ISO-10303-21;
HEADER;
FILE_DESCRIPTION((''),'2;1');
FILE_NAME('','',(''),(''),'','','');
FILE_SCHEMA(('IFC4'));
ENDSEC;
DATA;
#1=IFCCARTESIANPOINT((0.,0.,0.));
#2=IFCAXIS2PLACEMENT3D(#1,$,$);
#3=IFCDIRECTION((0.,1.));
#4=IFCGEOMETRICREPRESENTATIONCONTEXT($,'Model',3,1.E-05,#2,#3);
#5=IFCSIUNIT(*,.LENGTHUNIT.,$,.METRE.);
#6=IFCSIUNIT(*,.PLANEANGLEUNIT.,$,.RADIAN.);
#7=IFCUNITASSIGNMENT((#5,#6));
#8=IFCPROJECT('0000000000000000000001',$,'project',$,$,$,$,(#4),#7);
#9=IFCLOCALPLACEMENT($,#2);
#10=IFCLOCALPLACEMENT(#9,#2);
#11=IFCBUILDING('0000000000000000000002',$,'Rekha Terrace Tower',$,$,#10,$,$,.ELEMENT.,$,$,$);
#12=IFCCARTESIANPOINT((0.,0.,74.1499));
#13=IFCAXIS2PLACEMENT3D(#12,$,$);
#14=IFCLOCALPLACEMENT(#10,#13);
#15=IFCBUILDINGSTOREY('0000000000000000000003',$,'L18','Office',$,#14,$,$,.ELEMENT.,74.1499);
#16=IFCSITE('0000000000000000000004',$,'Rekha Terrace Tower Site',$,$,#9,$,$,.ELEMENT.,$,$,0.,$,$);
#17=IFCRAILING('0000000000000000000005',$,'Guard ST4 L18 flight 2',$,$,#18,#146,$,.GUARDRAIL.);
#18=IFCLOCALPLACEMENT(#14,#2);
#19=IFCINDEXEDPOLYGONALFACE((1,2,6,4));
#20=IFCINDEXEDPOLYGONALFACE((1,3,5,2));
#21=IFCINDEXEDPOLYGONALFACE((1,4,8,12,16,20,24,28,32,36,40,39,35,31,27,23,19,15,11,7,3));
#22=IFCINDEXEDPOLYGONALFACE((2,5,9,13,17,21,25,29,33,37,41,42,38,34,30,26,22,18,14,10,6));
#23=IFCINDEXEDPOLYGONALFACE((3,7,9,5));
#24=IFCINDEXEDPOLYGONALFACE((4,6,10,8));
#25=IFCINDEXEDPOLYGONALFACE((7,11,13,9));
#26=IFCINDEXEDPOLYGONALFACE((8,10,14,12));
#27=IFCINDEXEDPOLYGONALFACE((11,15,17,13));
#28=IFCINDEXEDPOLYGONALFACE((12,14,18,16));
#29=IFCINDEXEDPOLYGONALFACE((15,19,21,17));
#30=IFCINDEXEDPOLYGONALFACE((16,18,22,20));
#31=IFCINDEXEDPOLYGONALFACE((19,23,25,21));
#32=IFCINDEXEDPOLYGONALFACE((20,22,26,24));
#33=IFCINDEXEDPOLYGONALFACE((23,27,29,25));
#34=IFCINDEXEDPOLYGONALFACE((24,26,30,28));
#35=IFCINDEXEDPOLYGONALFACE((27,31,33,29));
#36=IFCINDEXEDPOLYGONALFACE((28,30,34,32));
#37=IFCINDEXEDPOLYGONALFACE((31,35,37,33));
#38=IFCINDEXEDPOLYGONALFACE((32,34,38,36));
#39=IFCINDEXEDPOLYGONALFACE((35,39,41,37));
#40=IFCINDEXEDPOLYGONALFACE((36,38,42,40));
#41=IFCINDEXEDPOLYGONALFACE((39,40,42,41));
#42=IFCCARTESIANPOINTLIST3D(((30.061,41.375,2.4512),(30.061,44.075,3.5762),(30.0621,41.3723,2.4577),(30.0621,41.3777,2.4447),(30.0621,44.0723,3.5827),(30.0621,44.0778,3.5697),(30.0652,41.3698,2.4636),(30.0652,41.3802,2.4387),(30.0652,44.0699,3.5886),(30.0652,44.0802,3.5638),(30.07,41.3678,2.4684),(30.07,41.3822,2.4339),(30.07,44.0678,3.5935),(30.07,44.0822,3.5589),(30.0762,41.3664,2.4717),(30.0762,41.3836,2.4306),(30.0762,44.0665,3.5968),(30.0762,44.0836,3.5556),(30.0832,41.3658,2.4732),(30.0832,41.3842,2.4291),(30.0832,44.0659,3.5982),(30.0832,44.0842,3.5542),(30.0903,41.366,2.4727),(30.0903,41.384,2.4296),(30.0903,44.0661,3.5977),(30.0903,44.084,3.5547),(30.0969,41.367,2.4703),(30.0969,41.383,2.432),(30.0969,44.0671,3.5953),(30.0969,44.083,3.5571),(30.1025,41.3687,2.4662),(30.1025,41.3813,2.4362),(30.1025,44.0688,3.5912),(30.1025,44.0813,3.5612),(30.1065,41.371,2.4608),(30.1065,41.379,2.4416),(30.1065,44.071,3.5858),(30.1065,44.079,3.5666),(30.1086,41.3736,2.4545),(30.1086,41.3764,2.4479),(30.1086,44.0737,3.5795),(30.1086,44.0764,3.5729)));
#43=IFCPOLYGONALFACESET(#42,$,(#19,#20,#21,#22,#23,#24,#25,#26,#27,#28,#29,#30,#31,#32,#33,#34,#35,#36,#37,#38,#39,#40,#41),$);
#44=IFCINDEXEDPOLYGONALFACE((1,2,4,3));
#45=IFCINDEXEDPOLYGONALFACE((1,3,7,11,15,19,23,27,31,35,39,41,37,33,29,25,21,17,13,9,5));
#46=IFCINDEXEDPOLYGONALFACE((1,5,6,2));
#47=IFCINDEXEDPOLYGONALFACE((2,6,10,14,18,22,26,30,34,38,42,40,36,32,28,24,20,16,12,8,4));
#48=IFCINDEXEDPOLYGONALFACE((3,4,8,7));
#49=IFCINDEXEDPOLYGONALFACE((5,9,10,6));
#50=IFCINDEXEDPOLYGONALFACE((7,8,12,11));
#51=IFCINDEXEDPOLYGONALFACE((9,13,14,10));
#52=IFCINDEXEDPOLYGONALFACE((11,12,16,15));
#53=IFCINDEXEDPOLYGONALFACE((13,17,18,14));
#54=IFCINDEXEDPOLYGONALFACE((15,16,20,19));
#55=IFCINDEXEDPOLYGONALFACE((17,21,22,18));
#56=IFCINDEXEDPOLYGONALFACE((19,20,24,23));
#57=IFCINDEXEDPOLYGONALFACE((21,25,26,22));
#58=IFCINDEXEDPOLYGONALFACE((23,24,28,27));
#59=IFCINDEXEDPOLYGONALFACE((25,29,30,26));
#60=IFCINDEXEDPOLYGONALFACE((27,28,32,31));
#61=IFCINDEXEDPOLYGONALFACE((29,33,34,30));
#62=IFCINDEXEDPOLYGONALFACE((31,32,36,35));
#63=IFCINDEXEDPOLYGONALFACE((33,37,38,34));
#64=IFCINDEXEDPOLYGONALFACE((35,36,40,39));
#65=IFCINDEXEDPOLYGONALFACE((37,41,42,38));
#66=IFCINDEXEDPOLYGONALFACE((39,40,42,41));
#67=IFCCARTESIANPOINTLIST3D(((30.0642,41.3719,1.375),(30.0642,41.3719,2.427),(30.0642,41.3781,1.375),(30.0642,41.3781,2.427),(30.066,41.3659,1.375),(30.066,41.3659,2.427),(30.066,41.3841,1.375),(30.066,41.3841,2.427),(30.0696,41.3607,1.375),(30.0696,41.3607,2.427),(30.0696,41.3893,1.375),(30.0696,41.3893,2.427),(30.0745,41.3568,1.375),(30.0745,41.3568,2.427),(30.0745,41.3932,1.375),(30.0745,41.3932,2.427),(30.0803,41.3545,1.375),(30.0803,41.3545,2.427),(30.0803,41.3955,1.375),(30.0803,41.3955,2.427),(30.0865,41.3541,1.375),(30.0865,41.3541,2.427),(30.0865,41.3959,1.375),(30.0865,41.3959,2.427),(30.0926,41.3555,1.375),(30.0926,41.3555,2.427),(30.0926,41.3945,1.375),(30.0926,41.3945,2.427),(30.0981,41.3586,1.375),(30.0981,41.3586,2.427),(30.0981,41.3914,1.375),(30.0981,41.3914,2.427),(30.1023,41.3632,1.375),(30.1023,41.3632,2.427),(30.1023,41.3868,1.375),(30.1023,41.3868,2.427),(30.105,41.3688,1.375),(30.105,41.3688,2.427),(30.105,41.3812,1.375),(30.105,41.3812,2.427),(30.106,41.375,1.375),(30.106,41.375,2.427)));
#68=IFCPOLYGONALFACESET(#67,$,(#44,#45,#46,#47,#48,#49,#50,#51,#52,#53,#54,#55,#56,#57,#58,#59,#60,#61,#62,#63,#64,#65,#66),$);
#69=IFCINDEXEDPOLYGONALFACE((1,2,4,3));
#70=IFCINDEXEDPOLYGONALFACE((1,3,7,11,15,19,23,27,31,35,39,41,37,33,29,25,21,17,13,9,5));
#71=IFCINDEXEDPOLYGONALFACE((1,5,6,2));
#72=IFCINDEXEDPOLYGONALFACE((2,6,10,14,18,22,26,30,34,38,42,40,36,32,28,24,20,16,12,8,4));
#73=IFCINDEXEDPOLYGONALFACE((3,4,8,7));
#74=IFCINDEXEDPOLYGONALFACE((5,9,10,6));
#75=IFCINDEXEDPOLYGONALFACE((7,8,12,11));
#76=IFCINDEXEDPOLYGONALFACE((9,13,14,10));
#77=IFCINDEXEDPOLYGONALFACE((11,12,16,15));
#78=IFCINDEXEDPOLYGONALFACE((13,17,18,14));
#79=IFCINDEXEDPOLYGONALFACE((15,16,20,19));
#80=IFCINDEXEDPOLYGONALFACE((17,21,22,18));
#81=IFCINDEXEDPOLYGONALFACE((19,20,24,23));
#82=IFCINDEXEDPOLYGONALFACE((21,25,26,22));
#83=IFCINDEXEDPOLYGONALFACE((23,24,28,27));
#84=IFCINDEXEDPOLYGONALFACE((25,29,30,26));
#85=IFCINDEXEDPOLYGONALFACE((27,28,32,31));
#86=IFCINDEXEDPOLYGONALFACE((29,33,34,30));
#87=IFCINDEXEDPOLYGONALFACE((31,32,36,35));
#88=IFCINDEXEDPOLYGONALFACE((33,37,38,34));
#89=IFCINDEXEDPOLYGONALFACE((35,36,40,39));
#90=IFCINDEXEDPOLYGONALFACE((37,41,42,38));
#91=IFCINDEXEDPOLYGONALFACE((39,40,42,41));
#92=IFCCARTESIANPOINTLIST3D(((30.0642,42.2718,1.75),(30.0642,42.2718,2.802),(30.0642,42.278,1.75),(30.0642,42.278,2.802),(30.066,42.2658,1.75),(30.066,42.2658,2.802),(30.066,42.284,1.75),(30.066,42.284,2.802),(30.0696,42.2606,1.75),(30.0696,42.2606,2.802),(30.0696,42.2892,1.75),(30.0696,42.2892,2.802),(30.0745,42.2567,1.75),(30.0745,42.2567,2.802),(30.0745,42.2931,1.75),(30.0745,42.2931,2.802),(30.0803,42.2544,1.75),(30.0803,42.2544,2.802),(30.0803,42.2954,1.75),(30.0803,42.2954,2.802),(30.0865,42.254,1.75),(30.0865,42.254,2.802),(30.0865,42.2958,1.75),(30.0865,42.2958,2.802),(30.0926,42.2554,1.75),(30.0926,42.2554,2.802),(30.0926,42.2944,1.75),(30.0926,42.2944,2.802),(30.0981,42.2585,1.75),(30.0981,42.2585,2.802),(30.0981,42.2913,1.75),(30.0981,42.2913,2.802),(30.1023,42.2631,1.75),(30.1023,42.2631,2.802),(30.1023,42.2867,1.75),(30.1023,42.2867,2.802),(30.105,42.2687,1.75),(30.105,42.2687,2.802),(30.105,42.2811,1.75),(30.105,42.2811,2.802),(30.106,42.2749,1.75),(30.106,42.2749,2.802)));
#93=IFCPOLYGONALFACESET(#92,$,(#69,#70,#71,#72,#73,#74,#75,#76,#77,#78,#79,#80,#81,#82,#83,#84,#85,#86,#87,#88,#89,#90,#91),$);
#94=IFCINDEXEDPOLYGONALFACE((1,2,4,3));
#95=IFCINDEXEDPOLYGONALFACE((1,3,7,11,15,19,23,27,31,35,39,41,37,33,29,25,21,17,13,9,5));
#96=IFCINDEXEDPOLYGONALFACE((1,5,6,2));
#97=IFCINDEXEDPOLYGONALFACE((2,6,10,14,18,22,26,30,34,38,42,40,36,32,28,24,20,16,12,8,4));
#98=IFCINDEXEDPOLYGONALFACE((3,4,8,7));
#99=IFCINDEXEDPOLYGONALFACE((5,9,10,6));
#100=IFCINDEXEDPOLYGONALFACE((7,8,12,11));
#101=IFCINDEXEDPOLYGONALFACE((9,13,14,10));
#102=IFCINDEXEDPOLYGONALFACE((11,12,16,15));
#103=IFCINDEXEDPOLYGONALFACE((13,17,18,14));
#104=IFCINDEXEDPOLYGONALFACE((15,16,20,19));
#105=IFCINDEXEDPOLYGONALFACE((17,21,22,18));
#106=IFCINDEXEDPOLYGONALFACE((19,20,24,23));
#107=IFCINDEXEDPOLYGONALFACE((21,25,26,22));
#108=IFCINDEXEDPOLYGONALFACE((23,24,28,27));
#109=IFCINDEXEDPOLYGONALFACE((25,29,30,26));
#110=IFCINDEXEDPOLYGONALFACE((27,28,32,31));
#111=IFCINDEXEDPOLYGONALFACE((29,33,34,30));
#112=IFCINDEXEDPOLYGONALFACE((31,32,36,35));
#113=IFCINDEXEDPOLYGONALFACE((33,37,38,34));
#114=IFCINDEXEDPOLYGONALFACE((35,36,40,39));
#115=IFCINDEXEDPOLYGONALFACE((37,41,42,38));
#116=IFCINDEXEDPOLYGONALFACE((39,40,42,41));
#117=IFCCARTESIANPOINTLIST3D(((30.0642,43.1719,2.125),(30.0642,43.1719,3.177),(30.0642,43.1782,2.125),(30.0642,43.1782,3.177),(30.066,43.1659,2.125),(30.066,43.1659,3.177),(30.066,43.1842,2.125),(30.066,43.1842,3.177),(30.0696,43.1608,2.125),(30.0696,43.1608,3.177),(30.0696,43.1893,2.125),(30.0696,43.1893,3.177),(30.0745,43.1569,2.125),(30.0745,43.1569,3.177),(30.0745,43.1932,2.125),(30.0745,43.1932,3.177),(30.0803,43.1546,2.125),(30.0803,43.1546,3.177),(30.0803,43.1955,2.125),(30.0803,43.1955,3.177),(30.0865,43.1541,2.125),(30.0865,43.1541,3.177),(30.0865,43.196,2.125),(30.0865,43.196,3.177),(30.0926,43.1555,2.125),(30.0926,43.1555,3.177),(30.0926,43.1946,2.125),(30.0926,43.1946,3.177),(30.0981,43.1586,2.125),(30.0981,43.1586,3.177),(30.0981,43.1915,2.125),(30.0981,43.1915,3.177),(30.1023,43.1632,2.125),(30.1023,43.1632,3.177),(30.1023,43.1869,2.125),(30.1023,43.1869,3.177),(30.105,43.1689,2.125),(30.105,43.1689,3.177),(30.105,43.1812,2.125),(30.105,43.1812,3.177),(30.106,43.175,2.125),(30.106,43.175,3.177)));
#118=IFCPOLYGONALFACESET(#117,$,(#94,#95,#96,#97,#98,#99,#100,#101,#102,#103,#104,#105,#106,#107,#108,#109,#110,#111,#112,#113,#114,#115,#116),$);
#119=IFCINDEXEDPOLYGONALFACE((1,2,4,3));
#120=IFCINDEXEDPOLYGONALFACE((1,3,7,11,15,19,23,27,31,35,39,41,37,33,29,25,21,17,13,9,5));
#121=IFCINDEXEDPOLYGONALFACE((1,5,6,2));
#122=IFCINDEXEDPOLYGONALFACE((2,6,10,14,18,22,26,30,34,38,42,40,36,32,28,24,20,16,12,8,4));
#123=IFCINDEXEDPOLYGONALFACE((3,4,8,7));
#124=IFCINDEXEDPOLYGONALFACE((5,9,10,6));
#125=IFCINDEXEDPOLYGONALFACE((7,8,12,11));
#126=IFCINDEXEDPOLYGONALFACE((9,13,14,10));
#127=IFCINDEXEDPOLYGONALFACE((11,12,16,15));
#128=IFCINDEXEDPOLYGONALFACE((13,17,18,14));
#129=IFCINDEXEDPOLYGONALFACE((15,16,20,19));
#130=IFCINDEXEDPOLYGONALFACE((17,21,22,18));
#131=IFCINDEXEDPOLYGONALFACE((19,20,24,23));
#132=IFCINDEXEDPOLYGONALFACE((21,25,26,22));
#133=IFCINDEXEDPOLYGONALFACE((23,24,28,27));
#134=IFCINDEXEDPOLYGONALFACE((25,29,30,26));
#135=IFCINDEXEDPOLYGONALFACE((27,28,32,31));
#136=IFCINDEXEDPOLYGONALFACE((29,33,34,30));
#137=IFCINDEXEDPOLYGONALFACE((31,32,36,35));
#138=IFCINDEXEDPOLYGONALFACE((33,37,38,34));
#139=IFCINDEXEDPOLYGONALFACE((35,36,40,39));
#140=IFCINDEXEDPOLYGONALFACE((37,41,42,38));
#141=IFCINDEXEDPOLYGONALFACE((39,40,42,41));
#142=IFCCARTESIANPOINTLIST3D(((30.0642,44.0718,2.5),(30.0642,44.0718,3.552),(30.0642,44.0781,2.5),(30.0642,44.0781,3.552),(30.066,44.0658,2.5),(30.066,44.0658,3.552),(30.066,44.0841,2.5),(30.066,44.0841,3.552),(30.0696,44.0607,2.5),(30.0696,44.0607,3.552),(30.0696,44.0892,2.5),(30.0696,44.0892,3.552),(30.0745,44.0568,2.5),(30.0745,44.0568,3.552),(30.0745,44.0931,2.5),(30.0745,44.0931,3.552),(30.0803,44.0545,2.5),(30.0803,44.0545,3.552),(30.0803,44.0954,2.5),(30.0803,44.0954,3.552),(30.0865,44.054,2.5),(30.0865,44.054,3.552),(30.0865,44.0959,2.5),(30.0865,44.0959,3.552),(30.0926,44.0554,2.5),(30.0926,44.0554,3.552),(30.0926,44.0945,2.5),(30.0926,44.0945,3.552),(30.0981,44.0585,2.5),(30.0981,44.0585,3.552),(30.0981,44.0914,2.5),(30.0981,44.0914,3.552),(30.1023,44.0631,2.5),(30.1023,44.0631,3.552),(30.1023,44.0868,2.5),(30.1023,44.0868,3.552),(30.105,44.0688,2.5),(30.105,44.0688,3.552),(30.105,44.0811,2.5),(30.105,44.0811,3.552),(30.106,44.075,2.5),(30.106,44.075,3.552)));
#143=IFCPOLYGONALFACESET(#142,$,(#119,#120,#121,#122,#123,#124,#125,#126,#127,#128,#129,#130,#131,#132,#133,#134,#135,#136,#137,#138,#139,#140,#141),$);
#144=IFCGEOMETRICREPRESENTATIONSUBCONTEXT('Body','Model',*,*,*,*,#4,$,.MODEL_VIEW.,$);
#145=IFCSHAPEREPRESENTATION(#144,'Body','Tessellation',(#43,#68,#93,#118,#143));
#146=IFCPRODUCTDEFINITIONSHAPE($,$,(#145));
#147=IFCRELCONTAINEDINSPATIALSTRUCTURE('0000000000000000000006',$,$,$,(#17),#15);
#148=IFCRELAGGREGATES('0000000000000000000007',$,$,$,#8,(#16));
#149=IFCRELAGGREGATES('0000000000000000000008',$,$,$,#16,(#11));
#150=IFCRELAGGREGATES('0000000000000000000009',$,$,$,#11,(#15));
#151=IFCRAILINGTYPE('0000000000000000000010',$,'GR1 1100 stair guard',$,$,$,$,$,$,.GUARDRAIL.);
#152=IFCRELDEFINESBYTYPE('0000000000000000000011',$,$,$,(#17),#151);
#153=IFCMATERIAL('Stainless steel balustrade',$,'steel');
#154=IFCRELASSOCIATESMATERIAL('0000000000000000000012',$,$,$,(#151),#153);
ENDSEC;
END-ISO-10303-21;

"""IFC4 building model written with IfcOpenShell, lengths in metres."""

from ifc_helpers import new_model, si_unit, direction, frame, origin, origin_2d, place, context, subcontext, project, spatial, circle, extrude, material, type_object, element, save


model = new_model("IFC4")

# Units and contexts
model_context = context("Model", 3, precision=1e-05, world=origin(), true_north=direction((0.0, 1.0)))
body_context = subcontext(model_context, "Body", "Model", "MODEL_VIEW")
ifc_project = project(units=[si_unit("LENGTHUNIT", "METRE"), si_unit("PLANEANGLEUNIT", "RADIAN")], contexts=[model_context])

# Site, building, storey
site_placement = place(None, origin())
site = spatial("IfcSite", under=ifc_project, at=site_placement, Name="Rekha Terrace Tower Site", CompositionType="ELEMENT", RefElevation=0.0)
building_placement = place(site_placement, origin())
building = spatial("IfcBuilding", under=site, at=building_placement, Name="Rekha Terrace Tower", CompositionType="ELEMENT")
storey_placement = place(building_placement, frame((0.0, 0.0, 74.1499)))
storey = spatial("IfcBuildingStorey", under=building, at=storey_placement, Name="L18", Description="Office", CompositionType="ELEMENT", Elevation=74.1499)

# Railing
ifc_material_1 = material(Name="Stainless steel balustrade", Category="steel")
railing_type_1 = type_object("IfcRailingType", Name="GR1 1100 stair guard", PredefinedType="GUARDRAIL", material=ifc_material_1)
railing_1_placement = place(storey_placement, frame((30.085, 41.375, 1.375)))
element("IfcRailing", 1, at=railing_1_placement, inside=storey, type_object=railing_type_1, Name="Guard ST4 L18 flight 2", PredefinedType="GUARDRAIL", context=body_context, shape_type="SweptSolid", body=[
    extrude(circle(Radius=0.0239, at=origin_2d()), frame((0.0, 0.0, 1.0762), z_axis=(0.0, 0.923074, 0.384621), x_axis=(-1.0, 0.0, 0.0)), (0.0, 0.0, 1.0), 2.925),
    extrude(circle(Radius=0.021, at=origin_2d()), origin(), (0.0, 0.0, 1.0), 1.052),
    extrude(circle(Radius=0.021, at=origin_2d()), frame((0.0, 0.8999, 0.375)), (0.0, 0.0, 1.0), 1.052),
    extrude(circle(Radius=0.021, at=origin_2d()), frame((0.0, 1.8, 0.75)), (0.0, 0.0, 1.0), 1.052),
    extrude(circle(Radius=0.021, at=origin_2d()), frame((0.0, 2.7, 1.125)), (0.0, 0.0, 1.0), 1.052),
])

save(model, "model.ifc")
